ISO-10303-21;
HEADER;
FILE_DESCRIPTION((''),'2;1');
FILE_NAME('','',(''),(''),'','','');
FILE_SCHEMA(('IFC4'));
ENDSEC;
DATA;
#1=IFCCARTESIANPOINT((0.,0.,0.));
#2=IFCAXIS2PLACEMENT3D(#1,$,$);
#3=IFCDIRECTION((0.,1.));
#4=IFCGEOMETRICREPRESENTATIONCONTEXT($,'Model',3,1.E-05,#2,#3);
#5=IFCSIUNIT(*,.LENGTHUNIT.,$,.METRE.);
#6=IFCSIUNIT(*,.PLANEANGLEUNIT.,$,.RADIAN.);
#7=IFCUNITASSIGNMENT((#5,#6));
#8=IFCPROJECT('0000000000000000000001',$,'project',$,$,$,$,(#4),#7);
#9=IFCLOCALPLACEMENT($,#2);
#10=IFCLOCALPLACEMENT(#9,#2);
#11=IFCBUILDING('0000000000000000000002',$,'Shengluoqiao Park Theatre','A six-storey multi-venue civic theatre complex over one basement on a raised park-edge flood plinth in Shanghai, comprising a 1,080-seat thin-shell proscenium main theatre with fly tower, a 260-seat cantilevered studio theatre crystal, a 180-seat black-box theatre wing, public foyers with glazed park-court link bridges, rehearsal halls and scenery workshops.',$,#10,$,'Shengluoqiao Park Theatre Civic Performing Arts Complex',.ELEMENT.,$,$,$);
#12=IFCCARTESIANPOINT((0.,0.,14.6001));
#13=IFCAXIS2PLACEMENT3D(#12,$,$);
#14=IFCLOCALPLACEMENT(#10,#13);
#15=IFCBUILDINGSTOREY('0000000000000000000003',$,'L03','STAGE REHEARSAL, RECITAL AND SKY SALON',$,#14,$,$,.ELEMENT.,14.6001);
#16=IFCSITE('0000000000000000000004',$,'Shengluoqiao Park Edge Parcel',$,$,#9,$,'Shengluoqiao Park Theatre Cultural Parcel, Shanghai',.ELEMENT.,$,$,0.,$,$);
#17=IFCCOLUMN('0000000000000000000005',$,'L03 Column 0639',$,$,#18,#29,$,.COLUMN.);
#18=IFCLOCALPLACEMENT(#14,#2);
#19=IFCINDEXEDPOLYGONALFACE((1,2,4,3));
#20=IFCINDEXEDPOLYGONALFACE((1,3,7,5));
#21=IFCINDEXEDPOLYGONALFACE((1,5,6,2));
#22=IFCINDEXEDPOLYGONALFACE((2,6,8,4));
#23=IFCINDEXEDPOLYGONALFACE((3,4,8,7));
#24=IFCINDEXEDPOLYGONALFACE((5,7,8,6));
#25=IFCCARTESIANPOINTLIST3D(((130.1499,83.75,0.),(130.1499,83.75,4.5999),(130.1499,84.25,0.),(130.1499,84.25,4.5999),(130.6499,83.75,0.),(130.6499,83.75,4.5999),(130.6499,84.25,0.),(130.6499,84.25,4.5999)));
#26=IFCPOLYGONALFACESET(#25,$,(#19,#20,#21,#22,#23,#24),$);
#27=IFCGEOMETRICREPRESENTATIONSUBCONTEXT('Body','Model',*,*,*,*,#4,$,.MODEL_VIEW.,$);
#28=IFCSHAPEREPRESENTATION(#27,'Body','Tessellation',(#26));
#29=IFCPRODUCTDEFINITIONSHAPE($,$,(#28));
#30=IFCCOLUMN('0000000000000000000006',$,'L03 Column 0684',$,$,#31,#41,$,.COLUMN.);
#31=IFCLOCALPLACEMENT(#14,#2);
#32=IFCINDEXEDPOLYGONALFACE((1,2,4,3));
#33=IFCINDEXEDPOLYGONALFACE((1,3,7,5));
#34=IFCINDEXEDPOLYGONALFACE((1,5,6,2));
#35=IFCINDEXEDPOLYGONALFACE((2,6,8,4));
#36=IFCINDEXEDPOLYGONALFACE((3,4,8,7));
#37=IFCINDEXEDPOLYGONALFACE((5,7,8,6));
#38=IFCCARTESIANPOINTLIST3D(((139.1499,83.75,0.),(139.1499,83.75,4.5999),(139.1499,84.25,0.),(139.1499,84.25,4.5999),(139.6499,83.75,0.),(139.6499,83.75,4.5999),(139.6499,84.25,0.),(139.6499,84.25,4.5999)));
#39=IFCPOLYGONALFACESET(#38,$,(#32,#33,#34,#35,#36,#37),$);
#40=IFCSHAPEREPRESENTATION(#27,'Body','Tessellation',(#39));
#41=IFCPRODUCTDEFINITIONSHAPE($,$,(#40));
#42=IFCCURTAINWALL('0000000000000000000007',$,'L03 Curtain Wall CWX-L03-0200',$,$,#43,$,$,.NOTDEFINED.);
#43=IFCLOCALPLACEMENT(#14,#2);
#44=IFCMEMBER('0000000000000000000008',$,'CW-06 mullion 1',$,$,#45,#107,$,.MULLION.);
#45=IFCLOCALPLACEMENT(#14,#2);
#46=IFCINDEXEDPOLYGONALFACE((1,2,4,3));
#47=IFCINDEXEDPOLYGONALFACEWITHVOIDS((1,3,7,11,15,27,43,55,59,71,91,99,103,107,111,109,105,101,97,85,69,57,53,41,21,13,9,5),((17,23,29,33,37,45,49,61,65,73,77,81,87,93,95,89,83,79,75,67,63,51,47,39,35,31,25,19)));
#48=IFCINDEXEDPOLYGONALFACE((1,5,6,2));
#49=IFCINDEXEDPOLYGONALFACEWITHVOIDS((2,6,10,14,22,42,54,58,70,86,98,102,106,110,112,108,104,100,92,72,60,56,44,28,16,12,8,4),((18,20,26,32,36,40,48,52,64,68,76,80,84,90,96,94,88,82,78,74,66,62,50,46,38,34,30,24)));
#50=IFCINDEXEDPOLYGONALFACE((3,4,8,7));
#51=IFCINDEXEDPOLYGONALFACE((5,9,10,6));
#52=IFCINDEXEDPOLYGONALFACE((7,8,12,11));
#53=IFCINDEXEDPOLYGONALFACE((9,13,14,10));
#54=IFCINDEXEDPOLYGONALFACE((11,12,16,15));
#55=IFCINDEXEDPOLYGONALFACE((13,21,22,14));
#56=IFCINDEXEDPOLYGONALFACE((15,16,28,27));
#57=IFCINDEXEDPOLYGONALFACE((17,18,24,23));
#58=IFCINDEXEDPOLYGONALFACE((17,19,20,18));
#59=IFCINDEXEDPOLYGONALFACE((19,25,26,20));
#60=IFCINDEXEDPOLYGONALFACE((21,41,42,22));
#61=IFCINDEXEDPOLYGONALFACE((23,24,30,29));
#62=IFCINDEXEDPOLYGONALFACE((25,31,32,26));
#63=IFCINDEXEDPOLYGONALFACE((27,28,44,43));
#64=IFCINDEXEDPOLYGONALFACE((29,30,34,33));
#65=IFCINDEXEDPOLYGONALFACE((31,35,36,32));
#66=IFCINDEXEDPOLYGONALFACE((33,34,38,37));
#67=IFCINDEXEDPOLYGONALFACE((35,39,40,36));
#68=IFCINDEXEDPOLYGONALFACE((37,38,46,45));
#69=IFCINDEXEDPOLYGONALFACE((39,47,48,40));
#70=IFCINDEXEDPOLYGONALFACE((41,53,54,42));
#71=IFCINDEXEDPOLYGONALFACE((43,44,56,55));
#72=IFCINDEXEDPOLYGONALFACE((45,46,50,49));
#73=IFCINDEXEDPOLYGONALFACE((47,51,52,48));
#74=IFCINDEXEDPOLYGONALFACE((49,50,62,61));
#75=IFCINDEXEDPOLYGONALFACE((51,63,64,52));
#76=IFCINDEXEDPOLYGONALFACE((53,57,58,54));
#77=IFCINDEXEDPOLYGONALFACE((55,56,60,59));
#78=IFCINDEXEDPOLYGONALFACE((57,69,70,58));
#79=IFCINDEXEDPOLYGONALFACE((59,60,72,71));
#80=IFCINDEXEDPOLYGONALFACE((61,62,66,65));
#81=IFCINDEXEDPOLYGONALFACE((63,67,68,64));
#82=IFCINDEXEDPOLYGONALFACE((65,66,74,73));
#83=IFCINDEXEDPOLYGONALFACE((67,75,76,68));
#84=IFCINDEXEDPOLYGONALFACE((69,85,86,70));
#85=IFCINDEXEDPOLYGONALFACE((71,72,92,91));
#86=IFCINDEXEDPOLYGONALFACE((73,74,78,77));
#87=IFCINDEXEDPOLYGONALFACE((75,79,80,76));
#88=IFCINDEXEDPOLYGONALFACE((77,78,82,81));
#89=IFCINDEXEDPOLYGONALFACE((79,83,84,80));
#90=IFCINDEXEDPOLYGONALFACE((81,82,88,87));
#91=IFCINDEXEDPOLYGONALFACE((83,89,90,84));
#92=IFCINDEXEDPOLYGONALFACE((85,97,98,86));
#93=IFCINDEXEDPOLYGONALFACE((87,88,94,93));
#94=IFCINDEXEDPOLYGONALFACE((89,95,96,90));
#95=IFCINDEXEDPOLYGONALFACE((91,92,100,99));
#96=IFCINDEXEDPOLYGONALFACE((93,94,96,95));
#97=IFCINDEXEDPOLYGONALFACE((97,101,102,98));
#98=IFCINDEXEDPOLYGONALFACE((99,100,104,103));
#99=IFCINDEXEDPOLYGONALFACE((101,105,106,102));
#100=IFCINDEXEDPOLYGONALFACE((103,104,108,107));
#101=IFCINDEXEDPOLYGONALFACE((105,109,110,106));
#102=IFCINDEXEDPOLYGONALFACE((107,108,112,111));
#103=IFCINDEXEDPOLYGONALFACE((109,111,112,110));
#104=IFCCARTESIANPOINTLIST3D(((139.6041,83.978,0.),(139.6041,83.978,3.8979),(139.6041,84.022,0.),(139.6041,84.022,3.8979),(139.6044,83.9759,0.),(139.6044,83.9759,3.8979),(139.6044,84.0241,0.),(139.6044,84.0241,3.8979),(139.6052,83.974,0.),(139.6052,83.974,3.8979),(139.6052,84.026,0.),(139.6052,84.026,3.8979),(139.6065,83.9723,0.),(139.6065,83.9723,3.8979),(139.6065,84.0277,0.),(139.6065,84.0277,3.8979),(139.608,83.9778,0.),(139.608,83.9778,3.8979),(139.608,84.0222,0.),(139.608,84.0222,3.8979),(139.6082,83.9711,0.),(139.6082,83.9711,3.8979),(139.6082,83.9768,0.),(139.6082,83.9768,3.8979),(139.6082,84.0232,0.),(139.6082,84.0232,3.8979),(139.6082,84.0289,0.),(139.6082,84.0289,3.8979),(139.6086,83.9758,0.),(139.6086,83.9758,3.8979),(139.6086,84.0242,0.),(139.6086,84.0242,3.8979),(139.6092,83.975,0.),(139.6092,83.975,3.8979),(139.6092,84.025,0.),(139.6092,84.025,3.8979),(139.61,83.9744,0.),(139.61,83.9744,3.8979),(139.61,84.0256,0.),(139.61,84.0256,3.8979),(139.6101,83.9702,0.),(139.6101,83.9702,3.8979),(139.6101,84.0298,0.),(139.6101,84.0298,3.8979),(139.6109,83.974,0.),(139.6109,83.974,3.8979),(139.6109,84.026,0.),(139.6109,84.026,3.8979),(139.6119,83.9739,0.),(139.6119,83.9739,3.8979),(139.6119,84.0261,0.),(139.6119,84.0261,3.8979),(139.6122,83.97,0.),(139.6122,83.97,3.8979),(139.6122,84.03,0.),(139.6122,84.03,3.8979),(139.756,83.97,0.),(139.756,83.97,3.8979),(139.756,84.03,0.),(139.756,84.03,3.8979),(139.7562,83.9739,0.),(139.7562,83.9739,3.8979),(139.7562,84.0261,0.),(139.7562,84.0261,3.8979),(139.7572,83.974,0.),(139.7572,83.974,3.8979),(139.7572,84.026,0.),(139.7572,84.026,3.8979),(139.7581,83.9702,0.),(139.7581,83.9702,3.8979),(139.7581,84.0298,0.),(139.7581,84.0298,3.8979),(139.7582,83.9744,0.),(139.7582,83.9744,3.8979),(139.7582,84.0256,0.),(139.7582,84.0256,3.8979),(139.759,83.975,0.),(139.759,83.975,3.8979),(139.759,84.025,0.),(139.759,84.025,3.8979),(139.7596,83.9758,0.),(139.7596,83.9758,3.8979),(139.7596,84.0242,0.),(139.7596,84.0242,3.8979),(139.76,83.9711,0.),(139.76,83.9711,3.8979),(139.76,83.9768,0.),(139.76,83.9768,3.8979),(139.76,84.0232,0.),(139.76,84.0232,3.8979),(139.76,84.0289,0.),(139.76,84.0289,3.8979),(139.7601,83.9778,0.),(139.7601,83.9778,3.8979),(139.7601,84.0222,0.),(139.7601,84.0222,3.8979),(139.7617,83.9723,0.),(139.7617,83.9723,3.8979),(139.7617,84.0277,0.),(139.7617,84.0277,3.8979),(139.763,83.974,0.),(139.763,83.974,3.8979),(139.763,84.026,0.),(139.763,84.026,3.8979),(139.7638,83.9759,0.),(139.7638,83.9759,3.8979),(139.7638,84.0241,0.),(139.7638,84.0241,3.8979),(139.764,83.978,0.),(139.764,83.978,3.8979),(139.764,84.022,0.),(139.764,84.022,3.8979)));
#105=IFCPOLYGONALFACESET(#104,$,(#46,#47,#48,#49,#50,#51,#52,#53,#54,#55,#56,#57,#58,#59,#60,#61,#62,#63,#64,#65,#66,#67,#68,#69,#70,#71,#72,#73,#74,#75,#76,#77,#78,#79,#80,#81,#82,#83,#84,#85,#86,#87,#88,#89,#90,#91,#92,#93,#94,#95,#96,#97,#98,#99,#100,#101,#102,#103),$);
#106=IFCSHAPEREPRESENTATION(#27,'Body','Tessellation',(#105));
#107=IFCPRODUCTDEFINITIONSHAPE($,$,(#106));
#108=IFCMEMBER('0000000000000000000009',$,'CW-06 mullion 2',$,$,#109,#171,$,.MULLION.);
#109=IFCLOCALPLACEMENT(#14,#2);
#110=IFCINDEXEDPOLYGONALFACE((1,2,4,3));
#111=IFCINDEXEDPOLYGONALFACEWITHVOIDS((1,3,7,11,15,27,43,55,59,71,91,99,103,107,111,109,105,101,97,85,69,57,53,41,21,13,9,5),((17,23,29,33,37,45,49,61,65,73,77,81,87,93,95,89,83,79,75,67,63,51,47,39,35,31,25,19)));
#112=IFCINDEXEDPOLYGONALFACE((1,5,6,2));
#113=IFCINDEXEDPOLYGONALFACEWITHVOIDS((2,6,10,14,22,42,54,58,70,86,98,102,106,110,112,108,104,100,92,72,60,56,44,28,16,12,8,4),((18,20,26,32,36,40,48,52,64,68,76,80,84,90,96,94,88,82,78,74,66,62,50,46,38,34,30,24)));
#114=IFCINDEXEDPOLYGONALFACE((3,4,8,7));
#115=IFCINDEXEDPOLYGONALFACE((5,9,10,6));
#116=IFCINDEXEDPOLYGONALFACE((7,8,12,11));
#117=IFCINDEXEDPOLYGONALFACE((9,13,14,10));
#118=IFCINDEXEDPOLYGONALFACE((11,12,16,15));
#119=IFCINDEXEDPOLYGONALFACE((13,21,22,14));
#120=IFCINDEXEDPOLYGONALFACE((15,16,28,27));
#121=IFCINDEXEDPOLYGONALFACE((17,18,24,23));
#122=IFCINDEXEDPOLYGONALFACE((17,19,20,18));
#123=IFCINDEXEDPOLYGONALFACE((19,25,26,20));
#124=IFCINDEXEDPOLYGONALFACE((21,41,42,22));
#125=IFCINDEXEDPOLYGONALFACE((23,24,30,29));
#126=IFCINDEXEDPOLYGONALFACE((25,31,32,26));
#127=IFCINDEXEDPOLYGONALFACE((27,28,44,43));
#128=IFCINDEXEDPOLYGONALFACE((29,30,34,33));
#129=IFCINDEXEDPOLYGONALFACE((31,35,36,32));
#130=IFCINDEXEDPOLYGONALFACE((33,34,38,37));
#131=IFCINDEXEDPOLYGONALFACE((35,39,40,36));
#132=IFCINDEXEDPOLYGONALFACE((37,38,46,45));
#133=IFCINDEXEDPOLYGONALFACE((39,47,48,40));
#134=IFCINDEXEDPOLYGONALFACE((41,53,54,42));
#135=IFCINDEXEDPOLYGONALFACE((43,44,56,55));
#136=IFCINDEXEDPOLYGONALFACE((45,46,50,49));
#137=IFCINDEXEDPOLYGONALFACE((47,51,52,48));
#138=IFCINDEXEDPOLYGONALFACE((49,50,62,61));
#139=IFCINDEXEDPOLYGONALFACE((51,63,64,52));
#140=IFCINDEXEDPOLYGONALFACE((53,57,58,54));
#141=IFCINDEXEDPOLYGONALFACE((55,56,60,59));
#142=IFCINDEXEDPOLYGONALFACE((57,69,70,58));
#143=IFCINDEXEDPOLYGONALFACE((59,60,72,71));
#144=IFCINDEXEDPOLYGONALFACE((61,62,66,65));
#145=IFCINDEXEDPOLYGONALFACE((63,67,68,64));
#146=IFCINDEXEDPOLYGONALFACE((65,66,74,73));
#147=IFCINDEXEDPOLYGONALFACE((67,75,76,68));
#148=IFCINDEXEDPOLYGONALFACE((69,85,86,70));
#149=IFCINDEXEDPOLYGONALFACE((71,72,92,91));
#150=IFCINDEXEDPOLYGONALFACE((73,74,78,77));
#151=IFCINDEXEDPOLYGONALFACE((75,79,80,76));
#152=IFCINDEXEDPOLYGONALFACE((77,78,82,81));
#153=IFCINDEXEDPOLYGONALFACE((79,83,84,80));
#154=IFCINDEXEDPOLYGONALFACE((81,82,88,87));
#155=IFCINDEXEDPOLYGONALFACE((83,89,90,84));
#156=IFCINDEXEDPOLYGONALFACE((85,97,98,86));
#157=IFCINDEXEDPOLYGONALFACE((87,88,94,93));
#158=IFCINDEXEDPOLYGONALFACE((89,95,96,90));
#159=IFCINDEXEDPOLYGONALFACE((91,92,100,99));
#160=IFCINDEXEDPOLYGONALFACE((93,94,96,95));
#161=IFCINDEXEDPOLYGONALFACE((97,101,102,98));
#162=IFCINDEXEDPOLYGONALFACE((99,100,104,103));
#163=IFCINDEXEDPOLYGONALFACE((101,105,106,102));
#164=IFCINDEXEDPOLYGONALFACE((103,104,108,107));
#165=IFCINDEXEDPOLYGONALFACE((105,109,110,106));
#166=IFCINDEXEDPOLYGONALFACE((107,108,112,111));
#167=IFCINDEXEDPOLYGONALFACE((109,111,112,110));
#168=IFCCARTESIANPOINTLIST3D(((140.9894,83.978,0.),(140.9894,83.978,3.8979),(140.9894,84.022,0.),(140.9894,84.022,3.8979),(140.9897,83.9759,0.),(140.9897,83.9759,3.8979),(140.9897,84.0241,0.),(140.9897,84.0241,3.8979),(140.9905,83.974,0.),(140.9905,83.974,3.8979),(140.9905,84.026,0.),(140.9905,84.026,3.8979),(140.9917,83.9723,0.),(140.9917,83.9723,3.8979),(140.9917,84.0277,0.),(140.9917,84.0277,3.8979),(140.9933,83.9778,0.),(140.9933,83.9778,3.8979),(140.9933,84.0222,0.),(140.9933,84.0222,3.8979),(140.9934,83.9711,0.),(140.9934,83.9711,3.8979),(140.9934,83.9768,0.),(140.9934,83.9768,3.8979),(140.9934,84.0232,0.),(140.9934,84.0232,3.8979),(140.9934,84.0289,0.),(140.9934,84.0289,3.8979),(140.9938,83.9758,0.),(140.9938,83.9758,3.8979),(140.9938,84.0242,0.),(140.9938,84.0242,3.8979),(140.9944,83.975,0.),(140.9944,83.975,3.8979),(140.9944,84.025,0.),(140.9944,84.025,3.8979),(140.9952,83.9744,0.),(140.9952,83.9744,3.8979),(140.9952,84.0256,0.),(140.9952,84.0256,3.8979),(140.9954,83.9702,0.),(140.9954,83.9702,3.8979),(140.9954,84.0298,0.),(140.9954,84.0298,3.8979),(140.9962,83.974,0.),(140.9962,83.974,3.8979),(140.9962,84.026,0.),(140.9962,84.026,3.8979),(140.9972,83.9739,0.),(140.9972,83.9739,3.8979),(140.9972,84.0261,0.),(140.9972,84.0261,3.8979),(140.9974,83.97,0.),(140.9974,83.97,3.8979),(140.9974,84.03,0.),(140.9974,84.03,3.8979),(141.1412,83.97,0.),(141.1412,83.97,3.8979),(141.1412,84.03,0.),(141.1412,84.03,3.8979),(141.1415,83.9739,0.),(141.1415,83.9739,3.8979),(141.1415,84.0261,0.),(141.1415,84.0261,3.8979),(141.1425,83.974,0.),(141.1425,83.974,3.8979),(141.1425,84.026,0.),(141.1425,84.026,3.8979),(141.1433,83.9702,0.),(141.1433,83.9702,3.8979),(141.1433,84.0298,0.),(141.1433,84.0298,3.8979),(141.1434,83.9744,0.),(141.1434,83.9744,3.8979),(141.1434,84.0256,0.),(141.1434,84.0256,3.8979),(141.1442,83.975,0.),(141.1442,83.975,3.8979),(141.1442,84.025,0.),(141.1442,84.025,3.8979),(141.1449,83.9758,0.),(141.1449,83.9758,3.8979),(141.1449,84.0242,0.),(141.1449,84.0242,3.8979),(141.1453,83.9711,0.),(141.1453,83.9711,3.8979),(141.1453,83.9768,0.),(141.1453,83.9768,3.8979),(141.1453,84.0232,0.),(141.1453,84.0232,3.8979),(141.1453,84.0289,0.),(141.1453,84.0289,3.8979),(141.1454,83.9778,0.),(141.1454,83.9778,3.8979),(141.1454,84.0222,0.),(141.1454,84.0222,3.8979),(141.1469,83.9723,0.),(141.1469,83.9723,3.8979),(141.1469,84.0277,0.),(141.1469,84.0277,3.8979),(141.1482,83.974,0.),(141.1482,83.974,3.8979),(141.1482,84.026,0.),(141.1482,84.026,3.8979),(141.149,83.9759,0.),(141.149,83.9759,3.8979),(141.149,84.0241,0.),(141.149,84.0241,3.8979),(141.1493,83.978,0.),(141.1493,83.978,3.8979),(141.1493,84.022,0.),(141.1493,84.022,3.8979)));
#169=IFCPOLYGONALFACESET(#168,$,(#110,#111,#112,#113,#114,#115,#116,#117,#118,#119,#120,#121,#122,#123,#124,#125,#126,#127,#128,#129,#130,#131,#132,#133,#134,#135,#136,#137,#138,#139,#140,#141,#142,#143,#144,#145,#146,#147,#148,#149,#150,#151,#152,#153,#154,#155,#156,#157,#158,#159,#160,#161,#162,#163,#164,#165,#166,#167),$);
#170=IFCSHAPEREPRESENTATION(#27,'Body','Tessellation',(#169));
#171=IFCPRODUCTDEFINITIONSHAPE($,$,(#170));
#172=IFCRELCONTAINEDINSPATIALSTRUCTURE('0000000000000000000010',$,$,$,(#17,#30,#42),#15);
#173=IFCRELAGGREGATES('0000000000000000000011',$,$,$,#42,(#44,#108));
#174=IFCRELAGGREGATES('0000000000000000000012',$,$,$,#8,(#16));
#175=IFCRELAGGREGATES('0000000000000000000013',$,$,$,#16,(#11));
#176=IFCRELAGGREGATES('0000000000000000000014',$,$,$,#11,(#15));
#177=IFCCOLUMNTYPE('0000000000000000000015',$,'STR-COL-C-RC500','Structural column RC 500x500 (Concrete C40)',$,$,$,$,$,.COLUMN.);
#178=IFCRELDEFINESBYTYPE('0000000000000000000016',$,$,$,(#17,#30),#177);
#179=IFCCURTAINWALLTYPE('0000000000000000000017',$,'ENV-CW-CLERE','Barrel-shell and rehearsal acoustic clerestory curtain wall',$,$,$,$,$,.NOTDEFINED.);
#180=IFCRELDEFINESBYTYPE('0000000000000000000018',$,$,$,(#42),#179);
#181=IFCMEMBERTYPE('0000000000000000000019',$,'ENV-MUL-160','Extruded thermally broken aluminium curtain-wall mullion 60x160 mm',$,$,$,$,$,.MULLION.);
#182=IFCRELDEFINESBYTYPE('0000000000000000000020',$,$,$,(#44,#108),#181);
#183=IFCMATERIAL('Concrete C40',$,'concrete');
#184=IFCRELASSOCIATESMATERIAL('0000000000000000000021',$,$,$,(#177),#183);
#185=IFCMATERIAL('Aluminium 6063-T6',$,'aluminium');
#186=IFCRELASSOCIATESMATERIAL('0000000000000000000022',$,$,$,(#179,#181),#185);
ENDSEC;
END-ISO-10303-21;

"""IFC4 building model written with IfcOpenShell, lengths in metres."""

from ifc_helpers import new_model, si_unit, direction, frame, origin, origin_2d, place, context, subcontext, project, spatial, rectangle, hollow_rectangle, extrude, material, material_profile, profile_set, type_object, element, aggregate, save


model = new_model("IFC4")

# Units and contexts
model_context = context("Model", 3, precision=1e-05, world=origin(), true_north=direction((0.0, 1.0)))
body_context = subcontext(model_context, "Body", "Model", "MODEL_VIEW")
ifc_project = project(units=[si_unit("LENGTHUNIT", "METRE"), si_unit("PLANEANGLEUNIT", "RADIAN")], contexts=[model_context])

# Site, building, storey
site_placement = place(None, origin())
site = spatial("IfcSite", under=ifc_project, at=site_placement, Name="Shengluoqiao Park Edge Parcel", LongName="Shengluoqiao Park Theatre Cultural Parcel, Shanghai", CompositionType="ELEMENT", RefElevation=0.0)
building_placement = place(site_placement, origin())
building = spatial("IfcBuilding", under=site, at=building_placement, Name="Shengluoqiao Park Theatre", Description="A six-storey multi-venue civic theatre complex over one basement on a raised park-edge flood plinth in Shanghai, comprising a 1,080-seat thin-shell proscenium main theatre with fly tower, a 260-seat cantilevered studio theatre crystal, a 180-seat black-box theatre wing, public foyers with glazed park-court link bridges, rehearsal halls and scenery workshops.", LongName="Shengluoqiao Park Theatre Civic Performing Arts Complex", CompositionType="ELEMENT")
storey_placement = place(building_placement, frame((0.0, 0.0, 14.6001)))
storey = spatial("IfcBuildingStorey", under=building, at=storey_placement, Name="L03", Description="STAGE REHEARSAL, RECITAL AND SKY SALON", CompositionType="ELEMENT", Elevation=14.6001)

# Columns
ifc_material_1 = material(Name="Concrete C40", Category="concrete")
ifc_material_profile_1 = material_profile(ifc_material_1, rectangle(XDim=0.5, YDim=0.5, at=origin_2d()), Name="RC 500x500")
ifc_profile_set_1 = profile_set([ifc_material_profile_1], Name="Concrete C40")
column_type = type_object("IfcColumnType", Name="STR-COL-C-RC500", Description="Structural column RC 500x500 (Concrete C40)", PredefinedType="COLUMN", material=ifc_profile_set_1)
for number, where, z_axis, x_axis, name in (
    (1, (130.3999, 84.0, 0.0), (0.0, 0.0, 1.0), (1.0, 0.0, 0.0), "L03 Column 0639"),
    (2, (139.3999, 84.0, 0.0), (0.0, 0.0, 1.0), (1.0, 0.0, 0.0), "L03 Column 0684"),
):
    element("IfcColumn", number, at=place(storey_placement, frame(where, z_axis=z_axis, x_axis=x_axis)), inside=storey, type_object=column_type, Name=name, PredefinedType="COLUMN", context=body_context, shape_type="SweptSolid", body=[
        extrude(rectangle(XDim=0.5, YDim=0.5, at=origin_2d()), origin(), (0.0, 0.0, 1.0), 4.5999),
    ])

# Curtain wall, members
ifc_material_2 = material(Name="Aluminium 6063-T6", Category="aluminium")
curtain_wall_type = type_object("IfcCurtainWallType", Name="ENV-CW-CLERE", Description="Barrel-shell and rehearsal acoustic clerestory curtain wall", PredefinedType="NOTDEFINED", material=ifc_material_2)
curtain_wall_placement = place(storey_placement, origin())
curtain_wall = element("IfcCurtainWall", 3, at=curtain_wall_placement, inside=storey, type_object=curtain_wall_type, Name="L03 Curtain Wall CWX-L03-0200", PredefinedType="NOTDEFINED")
ifc_material_profile_2 = material_profile(ifc_material_2, hollow_rectangle(XDim=0.0601, YDim=0.1599, WallThickness=0.0039, InnerFilletRadius=0.0039, OuterFilletRadius=0.0081, at=origin_2d()), Name="ALU MULLION 160x60x4")
ifc_profile_set_2 = profile_set([ifc_material_profile_2], Name="Aluminium 6063-T6")
member_type_1 = type_object("IfcMemberType", Name="ENV-MUL-160", Description="Extruded thermally broken aluminium curtain-wall mullion 60x160 mm", PredefinedType="MULLION", material=ifc_profile_set_2)
member_1_placement = place(storey_placement, frame((139.6841, 84.0, 0.0), z_axis=(0.0, 0.0, 1.0), x_axis=(0.0, 1.0, 0.0)))
member_1 = element("IfcMember", 4, at=member_1_placement, type_object=member_type_1, Name="CW-06 mullion 1", PredefinedType="MULLION", context=body_context, shape_type="SweptSolid", body=[
    extrude(hollow_rectangle(XDim=0.0601, YDim=0.1599, WallThickness=0.0039, InnerFilletRadius=0.0039, OuterFilletRadius=0.0081, at=origin_2d()), origin(), (0.0, 0.0, 1.0), 3.8979),
])
member_2_placement = place(storey_placement, frame((141.0693, 84.0, 0.0), z_axis=(0.0, 0.0, 1.0), x_axis=(0.0, 1.0, 0.0)))
member_2 = element("IfcMember", 5, at=member_2_placement, type_object=member_type_1, Name="CW-06 mullion 2", PredefinedType="MULLION", context=body_context, shape_type="SweptSolid", body=[
    extrude(hollow_rectangle(XDim=0.0601, YDim=0.1599, WallThickness=0.0039, InnerFilletRadius=0.0039, OuterFilletRadius=0.0081, at=origin_2d()), origin(), (0.0, 0.0, 1.0), 3.8979),
])

aggregate(curtain_wall, [member_1, member_2])

save(model, "model.ifc")
